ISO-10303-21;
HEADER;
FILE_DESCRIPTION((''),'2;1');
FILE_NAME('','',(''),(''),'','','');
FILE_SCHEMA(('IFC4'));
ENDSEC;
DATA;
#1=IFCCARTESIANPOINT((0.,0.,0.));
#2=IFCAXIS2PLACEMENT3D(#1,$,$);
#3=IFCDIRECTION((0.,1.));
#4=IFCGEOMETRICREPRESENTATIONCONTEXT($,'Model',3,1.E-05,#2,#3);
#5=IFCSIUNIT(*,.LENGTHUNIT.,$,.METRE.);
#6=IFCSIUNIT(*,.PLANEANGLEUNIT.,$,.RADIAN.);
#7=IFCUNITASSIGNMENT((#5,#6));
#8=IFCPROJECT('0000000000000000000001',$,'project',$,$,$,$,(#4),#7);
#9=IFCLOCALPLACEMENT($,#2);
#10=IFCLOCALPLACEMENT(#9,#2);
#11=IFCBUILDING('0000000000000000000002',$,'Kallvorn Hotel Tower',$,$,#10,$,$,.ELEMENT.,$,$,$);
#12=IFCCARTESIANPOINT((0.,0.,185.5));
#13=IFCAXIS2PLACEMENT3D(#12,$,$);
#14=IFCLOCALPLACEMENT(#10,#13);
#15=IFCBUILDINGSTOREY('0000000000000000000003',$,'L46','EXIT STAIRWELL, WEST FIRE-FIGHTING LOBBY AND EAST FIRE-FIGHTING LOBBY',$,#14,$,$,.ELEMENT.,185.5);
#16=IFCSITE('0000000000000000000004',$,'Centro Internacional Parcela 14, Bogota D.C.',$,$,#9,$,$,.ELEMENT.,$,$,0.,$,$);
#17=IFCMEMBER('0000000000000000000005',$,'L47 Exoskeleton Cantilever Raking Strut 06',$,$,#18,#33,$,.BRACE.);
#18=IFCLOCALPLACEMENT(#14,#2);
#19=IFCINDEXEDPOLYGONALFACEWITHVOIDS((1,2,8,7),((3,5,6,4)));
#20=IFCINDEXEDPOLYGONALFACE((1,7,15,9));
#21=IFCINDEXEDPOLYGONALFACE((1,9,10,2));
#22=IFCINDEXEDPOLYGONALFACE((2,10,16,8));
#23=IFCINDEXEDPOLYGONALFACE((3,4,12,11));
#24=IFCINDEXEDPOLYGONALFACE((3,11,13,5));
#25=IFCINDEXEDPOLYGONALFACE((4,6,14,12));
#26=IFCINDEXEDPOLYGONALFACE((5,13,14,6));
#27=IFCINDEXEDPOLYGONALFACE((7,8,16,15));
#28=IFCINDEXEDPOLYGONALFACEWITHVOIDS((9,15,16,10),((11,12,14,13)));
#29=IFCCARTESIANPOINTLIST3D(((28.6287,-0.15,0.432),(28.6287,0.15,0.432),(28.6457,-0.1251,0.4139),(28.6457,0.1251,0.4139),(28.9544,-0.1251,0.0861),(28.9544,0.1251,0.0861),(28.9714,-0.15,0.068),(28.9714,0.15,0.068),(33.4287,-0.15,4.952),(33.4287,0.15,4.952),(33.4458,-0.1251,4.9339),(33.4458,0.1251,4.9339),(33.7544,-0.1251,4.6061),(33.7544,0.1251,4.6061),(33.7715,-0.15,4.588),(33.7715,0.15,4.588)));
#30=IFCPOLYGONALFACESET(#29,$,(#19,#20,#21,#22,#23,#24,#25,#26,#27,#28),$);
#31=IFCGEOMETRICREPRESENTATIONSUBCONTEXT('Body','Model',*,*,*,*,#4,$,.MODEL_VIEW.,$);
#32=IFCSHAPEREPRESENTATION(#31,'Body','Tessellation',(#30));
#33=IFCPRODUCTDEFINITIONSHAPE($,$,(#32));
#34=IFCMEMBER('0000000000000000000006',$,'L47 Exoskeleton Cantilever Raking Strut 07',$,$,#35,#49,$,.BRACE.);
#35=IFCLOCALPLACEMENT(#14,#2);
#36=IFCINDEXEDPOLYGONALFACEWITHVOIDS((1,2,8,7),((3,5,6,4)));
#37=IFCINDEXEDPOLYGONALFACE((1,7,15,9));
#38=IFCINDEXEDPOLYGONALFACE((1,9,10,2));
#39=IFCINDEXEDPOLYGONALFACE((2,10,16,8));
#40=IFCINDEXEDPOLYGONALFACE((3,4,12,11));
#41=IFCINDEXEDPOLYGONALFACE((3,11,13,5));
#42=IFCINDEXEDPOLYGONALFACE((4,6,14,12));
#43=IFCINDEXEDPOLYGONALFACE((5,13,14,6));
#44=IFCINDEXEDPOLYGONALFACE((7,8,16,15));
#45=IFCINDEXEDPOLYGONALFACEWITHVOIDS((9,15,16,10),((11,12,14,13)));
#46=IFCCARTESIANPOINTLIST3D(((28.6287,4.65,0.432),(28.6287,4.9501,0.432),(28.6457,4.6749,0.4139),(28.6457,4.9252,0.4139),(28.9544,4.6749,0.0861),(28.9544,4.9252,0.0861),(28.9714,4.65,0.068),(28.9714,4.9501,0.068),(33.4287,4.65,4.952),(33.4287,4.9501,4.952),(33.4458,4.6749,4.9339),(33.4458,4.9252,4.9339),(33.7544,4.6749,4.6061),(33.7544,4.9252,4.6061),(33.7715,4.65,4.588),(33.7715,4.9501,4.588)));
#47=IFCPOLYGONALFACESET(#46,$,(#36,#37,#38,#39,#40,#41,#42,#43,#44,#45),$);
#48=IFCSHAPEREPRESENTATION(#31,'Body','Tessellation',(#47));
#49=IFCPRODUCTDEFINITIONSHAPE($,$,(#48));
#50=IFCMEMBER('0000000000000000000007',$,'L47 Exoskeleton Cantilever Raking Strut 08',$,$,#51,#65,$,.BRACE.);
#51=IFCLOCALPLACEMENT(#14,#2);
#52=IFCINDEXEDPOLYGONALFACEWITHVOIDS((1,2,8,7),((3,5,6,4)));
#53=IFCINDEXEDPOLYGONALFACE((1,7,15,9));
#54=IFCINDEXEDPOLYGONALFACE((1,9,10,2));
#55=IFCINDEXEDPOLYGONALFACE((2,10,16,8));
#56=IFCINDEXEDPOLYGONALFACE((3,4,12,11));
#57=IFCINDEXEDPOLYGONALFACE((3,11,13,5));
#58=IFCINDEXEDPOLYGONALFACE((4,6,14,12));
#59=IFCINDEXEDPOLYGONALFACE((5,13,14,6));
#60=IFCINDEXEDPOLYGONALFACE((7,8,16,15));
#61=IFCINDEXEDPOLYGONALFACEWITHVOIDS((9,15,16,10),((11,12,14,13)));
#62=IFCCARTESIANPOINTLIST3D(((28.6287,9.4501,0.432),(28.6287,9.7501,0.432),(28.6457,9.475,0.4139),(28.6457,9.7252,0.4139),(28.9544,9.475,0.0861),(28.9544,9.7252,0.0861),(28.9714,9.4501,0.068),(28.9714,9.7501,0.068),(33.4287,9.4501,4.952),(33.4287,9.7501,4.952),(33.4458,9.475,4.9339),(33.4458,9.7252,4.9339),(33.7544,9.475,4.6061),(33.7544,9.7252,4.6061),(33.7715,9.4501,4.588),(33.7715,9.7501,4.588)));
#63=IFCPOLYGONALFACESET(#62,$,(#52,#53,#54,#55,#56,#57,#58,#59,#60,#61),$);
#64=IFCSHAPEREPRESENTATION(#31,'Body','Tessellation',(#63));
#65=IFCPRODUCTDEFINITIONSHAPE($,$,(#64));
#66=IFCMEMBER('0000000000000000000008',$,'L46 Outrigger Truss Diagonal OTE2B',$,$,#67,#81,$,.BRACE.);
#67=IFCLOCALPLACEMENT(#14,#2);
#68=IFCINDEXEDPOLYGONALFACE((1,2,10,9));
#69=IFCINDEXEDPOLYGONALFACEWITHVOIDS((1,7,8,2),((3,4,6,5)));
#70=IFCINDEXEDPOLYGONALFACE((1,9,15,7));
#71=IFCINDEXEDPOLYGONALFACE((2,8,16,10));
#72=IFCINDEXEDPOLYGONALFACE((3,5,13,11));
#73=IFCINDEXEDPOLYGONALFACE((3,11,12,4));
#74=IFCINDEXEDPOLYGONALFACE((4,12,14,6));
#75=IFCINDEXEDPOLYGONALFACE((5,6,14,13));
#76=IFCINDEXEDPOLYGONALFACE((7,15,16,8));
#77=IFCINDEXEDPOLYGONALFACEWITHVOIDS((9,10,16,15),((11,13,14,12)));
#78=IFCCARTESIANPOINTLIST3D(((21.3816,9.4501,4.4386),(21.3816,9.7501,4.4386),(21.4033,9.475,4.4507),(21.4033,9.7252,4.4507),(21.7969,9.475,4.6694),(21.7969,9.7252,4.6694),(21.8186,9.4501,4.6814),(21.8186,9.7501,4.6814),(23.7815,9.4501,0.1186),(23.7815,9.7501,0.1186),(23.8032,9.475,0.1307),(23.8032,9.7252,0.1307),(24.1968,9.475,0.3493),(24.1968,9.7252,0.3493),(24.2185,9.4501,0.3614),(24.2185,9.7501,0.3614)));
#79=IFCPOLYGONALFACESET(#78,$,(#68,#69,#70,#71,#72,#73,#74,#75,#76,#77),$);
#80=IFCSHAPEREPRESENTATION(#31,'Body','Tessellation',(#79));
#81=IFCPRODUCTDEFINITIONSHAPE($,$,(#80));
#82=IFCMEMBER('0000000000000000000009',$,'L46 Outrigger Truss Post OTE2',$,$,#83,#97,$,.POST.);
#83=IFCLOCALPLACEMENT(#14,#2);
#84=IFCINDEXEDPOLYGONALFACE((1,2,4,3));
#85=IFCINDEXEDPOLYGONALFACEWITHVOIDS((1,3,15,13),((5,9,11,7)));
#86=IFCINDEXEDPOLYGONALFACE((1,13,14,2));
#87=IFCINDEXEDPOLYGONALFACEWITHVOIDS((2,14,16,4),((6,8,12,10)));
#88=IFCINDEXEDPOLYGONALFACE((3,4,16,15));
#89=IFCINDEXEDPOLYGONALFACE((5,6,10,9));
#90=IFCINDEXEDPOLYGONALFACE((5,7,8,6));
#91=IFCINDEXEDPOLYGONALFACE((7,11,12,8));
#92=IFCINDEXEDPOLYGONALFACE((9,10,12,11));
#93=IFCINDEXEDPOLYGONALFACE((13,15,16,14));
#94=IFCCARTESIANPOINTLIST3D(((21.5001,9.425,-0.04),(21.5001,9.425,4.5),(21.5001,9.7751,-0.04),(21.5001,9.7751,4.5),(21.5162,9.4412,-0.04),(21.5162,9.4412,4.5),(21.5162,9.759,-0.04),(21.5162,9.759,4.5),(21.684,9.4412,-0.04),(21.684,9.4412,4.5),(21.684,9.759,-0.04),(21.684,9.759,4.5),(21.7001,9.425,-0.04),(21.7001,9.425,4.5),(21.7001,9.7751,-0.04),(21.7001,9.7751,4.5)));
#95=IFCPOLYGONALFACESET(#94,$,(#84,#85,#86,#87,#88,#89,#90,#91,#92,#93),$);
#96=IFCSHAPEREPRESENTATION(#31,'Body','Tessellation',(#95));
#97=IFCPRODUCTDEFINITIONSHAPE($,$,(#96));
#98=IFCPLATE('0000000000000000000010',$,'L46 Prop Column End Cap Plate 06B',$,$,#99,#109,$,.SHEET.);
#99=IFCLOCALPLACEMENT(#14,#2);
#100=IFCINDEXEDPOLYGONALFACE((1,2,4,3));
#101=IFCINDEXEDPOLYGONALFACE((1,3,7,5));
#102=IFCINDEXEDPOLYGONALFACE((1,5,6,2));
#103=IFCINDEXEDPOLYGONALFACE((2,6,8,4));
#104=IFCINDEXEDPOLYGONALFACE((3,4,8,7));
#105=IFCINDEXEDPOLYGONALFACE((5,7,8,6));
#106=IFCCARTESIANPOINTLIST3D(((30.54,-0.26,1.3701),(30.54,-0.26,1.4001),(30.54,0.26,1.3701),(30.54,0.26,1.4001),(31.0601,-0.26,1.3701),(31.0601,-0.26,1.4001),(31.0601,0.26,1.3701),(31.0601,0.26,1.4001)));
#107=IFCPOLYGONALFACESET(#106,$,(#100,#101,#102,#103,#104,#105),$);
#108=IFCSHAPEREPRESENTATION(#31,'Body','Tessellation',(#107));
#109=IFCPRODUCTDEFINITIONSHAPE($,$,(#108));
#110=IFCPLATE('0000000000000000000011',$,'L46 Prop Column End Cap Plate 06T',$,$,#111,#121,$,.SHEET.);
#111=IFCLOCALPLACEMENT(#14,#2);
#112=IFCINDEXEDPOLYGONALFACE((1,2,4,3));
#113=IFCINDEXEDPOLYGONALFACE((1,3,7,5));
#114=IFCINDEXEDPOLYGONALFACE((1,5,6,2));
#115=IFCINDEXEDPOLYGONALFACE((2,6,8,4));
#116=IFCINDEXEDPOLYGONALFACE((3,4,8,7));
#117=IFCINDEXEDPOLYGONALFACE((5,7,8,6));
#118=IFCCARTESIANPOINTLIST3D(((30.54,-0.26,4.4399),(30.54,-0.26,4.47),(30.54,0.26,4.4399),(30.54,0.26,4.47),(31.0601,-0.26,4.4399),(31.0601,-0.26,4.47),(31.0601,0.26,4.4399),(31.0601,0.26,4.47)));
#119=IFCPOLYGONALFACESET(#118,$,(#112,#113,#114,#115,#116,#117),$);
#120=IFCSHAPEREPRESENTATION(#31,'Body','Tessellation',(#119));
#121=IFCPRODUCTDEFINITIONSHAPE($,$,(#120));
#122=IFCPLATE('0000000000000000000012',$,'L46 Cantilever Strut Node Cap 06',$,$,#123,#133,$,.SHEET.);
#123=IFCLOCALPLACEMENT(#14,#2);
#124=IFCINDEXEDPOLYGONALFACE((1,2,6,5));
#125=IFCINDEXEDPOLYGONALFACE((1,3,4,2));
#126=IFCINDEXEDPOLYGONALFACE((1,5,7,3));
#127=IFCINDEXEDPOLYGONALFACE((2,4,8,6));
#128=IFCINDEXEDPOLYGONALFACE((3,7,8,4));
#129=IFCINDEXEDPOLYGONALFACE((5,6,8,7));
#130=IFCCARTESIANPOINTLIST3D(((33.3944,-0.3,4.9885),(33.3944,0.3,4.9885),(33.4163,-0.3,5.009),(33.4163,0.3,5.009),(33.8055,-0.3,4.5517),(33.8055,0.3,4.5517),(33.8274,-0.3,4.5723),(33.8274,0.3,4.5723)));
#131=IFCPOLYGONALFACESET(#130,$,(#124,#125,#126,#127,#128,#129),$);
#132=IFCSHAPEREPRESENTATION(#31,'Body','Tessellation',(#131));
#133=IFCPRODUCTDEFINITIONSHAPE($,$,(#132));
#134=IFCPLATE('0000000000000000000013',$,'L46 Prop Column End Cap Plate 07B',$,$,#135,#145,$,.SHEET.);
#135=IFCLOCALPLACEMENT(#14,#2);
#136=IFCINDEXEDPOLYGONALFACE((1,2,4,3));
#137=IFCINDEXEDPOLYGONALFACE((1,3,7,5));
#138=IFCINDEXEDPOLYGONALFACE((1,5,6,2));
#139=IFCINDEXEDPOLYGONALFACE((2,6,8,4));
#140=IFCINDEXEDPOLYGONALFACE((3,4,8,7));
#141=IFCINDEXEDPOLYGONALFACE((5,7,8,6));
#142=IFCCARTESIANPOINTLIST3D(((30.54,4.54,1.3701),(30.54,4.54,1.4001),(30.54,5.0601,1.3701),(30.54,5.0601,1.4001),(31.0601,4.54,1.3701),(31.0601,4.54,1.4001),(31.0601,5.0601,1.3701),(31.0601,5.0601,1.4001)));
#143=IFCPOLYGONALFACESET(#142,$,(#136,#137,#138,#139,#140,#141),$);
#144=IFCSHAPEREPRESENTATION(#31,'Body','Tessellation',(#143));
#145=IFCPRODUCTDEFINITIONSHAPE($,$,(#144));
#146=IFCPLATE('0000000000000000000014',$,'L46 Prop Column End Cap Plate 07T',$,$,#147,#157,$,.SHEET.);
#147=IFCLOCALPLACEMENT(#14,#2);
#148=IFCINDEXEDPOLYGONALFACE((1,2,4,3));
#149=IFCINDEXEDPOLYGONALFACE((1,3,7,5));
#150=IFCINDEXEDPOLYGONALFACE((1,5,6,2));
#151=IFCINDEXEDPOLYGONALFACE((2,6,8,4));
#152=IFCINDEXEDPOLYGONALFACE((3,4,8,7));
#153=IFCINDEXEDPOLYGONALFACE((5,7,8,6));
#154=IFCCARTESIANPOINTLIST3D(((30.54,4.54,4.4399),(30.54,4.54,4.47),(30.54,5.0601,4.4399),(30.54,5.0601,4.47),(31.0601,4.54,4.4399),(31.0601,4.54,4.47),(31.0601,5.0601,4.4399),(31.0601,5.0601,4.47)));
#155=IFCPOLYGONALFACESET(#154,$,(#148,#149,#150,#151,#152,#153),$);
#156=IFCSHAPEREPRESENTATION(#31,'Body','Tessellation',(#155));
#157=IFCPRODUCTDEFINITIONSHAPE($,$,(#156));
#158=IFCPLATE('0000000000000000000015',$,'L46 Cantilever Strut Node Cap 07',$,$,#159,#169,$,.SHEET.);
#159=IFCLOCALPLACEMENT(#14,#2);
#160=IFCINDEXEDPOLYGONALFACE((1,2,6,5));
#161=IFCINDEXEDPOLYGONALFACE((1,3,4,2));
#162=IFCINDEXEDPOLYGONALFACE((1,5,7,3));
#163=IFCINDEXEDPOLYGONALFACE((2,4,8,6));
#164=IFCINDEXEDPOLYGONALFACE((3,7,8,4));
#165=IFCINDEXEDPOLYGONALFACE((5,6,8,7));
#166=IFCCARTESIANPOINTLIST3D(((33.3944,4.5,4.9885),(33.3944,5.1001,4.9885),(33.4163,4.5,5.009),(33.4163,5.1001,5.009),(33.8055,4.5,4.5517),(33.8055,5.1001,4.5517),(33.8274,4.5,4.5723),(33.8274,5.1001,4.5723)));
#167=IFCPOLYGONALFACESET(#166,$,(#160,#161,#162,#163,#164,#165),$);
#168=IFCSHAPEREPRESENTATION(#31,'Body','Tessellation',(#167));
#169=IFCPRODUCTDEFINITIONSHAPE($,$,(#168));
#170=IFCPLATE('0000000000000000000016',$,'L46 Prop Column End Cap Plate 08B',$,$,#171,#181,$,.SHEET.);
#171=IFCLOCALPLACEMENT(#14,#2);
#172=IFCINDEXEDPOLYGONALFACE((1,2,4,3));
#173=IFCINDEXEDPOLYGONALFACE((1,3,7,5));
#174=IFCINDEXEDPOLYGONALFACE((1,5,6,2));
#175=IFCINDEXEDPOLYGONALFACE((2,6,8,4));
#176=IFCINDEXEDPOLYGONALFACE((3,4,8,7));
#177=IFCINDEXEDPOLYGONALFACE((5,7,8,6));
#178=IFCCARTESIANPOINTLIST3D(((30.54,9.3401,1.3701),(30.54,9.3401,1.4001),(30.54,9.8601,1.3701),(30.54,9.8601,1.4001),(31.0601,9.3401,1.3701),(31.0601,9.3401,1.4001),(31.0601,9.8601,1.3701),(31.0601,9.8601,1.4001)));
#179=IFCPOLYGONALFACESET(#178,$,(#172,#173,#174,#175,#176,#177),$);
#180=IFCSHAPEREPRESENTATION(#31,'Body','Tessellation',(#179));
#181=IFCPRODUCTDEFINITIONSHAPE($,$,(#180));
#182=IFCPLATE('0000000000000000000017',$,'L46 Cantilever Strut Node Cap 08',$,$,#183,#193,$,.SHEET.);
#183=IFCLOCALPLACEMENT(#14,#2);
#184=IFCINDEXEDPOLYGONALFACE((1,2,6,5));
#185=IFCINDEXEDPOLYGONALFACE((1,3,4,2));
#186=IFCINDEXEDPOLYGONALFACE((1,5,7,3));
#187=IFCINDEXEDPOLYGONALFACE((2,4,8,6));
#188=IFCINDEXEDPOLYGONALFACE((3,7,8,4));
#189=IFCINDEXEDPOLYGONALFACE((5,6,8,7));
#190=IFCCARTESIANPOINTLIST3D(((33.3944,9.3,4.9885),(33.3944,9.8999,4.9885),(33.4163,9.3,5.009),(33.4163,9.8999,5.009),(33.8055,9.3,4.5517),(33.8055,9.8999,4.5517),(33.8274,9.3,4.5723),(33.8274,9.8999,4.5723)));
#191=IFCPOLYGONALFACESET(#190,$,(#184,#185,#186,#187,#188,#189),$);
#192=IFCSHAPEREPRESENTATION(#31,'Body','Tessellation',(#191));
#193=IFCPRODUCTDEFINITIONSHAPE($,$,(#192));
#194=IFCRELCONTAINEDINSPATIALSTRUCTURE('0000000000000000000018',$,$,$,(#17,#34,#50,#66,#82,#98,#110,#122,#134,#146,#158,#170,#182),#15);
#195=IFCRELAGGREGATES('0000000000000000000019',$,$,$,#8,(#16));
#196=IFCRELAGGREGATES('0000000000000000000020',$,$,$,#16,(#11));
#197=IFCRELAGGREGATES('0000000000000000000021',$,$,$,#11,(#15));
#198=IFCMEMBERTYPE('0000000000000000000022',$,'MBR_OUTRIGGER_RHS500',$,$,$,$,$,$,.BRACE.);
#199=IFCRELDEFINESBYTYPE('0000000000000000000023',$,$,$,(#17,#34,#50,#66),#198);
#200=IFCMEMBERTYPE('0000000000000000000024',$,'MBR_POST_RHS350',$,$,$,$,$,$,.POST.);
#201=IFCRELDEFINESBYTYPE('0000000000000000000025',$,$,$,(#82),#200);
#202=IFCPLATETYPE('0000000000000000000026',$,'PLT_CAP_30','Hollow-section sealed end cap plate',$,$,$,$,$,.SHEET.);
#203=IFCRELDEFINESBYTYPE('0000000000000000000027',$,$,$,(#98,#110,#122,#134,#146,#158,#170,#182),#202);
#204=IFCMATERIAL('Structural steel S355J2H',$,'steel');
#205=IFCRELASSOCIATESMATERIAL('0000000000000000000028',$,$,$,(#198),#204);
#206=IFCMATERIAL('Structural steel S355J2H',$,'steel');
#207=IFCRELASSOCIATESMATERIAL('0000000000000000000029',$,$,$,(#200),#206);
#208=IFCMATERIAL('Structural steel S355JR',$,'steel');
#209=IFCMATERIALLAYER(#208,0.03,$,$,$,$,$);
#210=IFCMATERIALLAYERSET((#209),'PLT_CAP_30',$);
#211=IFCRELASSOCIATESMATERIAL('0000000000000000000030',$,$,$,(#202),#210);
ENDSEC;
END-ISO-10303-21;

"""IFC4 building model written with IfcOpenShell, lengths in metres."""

from ifc_helpers import new_model, si_unit, direction, frame, origin, origin_2d, place, context, subcontext, project, spatial, polyline, rectangle, hollow_rectangle, outline, extrude, material, layer, layer_set, material_profile, profile_set, type_object, element, save


model = new_model("IFC4")

# Units and contexts
model_context = context("Model", 3, precision=1e-05, world=origin(), true_north=direction((0.0, 1.0)))
body_context = subcontext(model_context, "Body", "Model", "MODEL_VIEW")
ifc_project = project(units=[si_unit("LENGTHUNIT", "METRE"), si_unit("PLANEANGLEUNIT", "RADIAN")], contexts=[model_context])

# Site, building, storey
site_placement = place(None, origin())
site = spatial("IfcSite", under=ifc_project, at=site_placement, Name="Centro Internacional Parcela 14, Bogota D.C.", CompositionType="ELEMENT", RefElevation=0.0)
building_placement = place(site_placement, origin())
building = spatial("IfcBuilding", under=site, at=building_placement, Name="Kallvorn Hotel Tower", CompositionType="ELEMENT")
storey_placement = place(building_placement, frame((0.0, 0.0, 185.5)))
storey = spatial("IfcBuildingStorey", under=building, at=storey_placement, Name="L46", Description="EXIT STAIRWELL, WEST FIRE-FIGHTING LOBBY AND EAST FIRE-FIGHTING LOBBY", CompositionType="ELEMENT", Elevation=185.5)

# Members
ifc_material_1 = material(Name="Structural steel S355J2H", Category="steel")
ifc_material_profile_1 = material_profile(ifc_material_1, hollow_rectangle(XDim=0.3, YDim=0.5, WallThickness=0.0249, at=origin_2d()), Name="RHS 500x300x25")
ifc_profile_set_1 = profile_set([ifc_material_profile_1], Name="Structural steel S355J2H")
member_type_1 = type_object("IfcMemberType", Name="MBR_OUTRIGGER_RHS500", PredefinedType="BRACE", material=ifc_profile_set_1)
for number, where, z_axis, x_axis, name in (
    (1, (28.8, 0.0, 0.25), (0.728024, 0.0, 0.685552), (0.0, 1.0, 0.0), "L47 Exoskeleton Cantilever Raking Strut 06"),
    (2, (28.8, 4.8, 0.25), (0.728024, 0.0, 0.685552), (0.0, 1.0, 0.0), "L47 Exoskeleton Cantilever Raking Strut 07"),
    (3, (28.8, 9.6001, 0.25), (0.728024, 0.0, 0.685552), (0.0, 1.0, 0.0), "L47 Exoskeleton Cantilever Raking Strut 08"),
):
    element("IfcMember", number, at=place(storey_placement, frame(where, z_axis=z_axis, x_axis=x_axis)), inside=storey, type_object=member_type_1, Name=name, PredefinedType="BRACE", context=body_context, shape_type="SweptSolid", body=[
        extrude(hollow_rectangle(XDim=0.3, YDim=0.5, WallThickness=0.0249, at=origin_2d()), origin(), (0.0, 0.0, 1.0), 6.5933),
    ])
member_1_placement = place(storey_placement, frame((24.0, 9.6001, 0.24), z_axis=(-0.485622, 0.0, 0.874169), x_axis=(0.0, -1.0, 0.0)))
element("IfcMember", 4, at=member_1_placement, inside=storey, type_object=member_type_1, Name="L46 Outrigger Truss Diagonal OTE2B", PredefinedType="BRACE", context=body_context, shape_type="SweptSolid", body=[
    extrude(hollow_rectangle(XDim=0.3, YDim=0.5, WallThickness=0.0249, at=origin_2d()), origin(), (0.0, 0.0, 1.0), 4.9419),
])
ifc_material_2 = material(Name="Structural steel S355J2H", Category="steel")
ifc_material_profile_2 = material_profile(ifc_material_2, hollow_rectangle(XDim=0.2, YDim=0.3501, WallThickness=0.0161, at=origin_2d()), Name="RHS 350x200x16")
ifc_profile_set_2 = profile_set([ifc_material_profile_2], Name="Structural steel S355J2H")
member_type_2 = type_object("IfcMemberType", Name="MBR_POST_RHS350", PredefinedType="POST", material=ifc_profile_set_2)
member_2_placement = place(storey_placement, frame((21.6001, 9.6001, -0.04), z_axis=(0.0, 0.0, 1.0), x_axis=(1.0, 0.0, 0.0)))
element("IfcMember", 5, at=member_2_placement, inside=storey, type_object=member_type_2, Name="L46 Outrigger Truss Post OTE2", PredefinedType="POST", context=body_context, shape_type="SweptSolid", body=[
    extrude(hollow_rectangle(XDim=0.2, YDim=0.3501, WallThickness=0.0161, at=origin_2d()), origin(), (0.0, 0.0, 1.0), 4.54),
])

# Plates
ifc_material_3 = material(Name="Structural steel S355JR", Category="steel")
ifc_layer_1 = layer(ifc_material_3, 0.03)
ifc_layer_set_1 = layer_set([ifc_layer_1], Name="PLT_CAP_30")
plate_type_1 = type_object("IfcPlateType", Name="PLT_CAP_30", Description="Hollow-section sealed end cap plate", PredefinedType="SHEET", material=ifc_layer_set_1)
for number, where, z_axis, x_axis, name in (
    (6, (30.8, 0.0, 1.3701), (0.0, 0.0, 1.0), (1.0, 0.0, 0.0), "L46 Prop Column End Cap Plate 06B"),
    (7, (30.8, 0.0, 4.4399), (0.0, 0.0, 1.0), (1.0, 0.0, 0.0), "L46 Prop Column End Cap Plate 06T"),
):
    element("IfcPlate", number, at=place(storey_placement, frame(where, z_axis=z_axis, x_axis=x_axis)), inside=storey, type_object=plate_type_1, Name=name, PredefinedType="SHEET", context=body_context, shape_type="SweptSolid", body=[
        extrude(rectangle(XDim=0.52, YDim=0.52, at=origin_2d()), origin(), (0.0, 0.0, 1.0), 0.03),
    ])
plate_1_placement = place(storey_placement, frame((33.8274, -0.3, 4.5723), z_axis=(0.728152, 0.0, 0.685415), x_axis=(0.0, 1.0, 0.0)))
element("IfcPlate", 8, at=plate_1_placement, inside=storey, type_object=plate_type_1, Name="L46 Cantilever Strut Node Cap 06", PredefinedType="SHEET", context=body_context, shape_type="SweptSolid", body=[
    extrude(outline(polyline([(0.0, 0.0), (0.6001, 0.0), (0.6001, 0.5998), (0.0, 0.5998), (0.0, 0.0)])), origin(), (0.0, 0.0, -1.0), 0.03),
])
for number, where, z_axis, x_axis, name in (
    (9, (30.8, 4.8, 1.3701), (0.0, 0.0, 1.0), (1.0, 0.0, 0.0), "L46 Prop Column End Cap Plate 07B"),
    (10, (30.8, 4.8, 4.4399), (0.0, 0.0, 1.0), (1.0, 0.0, 0.0), "L46 Prop Column End Cap Plate 07T"),
):
    element("IfcPlate", number, at=place(storey_placement, frame(where, z_axis=z_axis, x_axis=x_axis)), inside=storey, type_object=plate_type_1, Name=name, PredefinedType="SHEET", context=body_context, shape_type="SweptSolid", body=[
        extrude(rectangle(XDim=0.52, YDim=0.52, at=origin_2d()), origin(), (0.0, 0.0, 1.0), 0.03),
    ])
plate_2_placement = place(storey_placement, frame((33.8274, 4.5, 4.5723), z_axis=(0.728152, 0.0, 0.685415), x_axis=(0.0, 1.0, 0.0)))
element("IfcPlate", 11, at=plate_2_placement, inside=storey, type_object=plate_type_1, Name="L46 Cantilever Strut Node Cap 07", PredefinedType="SHEET", context=body_context, shape_type="SweptSolid", body=[
    extrude(outline(polyline([(0.0, 0.0), (0.6001, 0.0), (0.6001, 0.5998), (0.0, 0.5998), (0.0, 0.0)])), origin(), (0.0, 0.0, -1.0), 0.03),
])
plate_3_placement = place(storey_placement, frame((30.8, 9.6001, 1.3701), z_axis=(0.0, 0.0, 1.0), x_axis=(1.0, 0.0, 0.0)))
element("IfcPlate", 12, at=plate_3_placement, inside=storey, type_object=plate_type_1, Name="L46 Prop Column End Cap Plate 08B", PredefinedType="SHEET", context=body_context, shape_type="SweptSolid", body=[
    extrude(rectangle(XDim=0.52, YDim=0.52, at=origin_2d()), origin(), (0.0, 0.0, 1.0), 0.03),
])
plate_4_placement = place(storey_placement, frame((33.8274, 9.3, 4.5723), z_axis=(0.728152, 0.0, 0.685415), x_axis=(0.0, 1.0, 0.0)))
element("IfcPlate", 13, at=plate_4_placement, inside=storey, type_object=plate_type_1, Name="L46 Cantilever Strut Node Cap 08", PredefinedType="SHEET", context=body_context, shape_type="SweptSolid", body=[
    extrude(outline(polyline([(0.0, 0.0), (0.5999, 0.0), (0.5999, 0.5998), (0.0, 0.5998), (0.0, 0.0)])), origin(), (0.0, 0.0, -1.0), 0.03),
])

save(model, "model.ifc")
